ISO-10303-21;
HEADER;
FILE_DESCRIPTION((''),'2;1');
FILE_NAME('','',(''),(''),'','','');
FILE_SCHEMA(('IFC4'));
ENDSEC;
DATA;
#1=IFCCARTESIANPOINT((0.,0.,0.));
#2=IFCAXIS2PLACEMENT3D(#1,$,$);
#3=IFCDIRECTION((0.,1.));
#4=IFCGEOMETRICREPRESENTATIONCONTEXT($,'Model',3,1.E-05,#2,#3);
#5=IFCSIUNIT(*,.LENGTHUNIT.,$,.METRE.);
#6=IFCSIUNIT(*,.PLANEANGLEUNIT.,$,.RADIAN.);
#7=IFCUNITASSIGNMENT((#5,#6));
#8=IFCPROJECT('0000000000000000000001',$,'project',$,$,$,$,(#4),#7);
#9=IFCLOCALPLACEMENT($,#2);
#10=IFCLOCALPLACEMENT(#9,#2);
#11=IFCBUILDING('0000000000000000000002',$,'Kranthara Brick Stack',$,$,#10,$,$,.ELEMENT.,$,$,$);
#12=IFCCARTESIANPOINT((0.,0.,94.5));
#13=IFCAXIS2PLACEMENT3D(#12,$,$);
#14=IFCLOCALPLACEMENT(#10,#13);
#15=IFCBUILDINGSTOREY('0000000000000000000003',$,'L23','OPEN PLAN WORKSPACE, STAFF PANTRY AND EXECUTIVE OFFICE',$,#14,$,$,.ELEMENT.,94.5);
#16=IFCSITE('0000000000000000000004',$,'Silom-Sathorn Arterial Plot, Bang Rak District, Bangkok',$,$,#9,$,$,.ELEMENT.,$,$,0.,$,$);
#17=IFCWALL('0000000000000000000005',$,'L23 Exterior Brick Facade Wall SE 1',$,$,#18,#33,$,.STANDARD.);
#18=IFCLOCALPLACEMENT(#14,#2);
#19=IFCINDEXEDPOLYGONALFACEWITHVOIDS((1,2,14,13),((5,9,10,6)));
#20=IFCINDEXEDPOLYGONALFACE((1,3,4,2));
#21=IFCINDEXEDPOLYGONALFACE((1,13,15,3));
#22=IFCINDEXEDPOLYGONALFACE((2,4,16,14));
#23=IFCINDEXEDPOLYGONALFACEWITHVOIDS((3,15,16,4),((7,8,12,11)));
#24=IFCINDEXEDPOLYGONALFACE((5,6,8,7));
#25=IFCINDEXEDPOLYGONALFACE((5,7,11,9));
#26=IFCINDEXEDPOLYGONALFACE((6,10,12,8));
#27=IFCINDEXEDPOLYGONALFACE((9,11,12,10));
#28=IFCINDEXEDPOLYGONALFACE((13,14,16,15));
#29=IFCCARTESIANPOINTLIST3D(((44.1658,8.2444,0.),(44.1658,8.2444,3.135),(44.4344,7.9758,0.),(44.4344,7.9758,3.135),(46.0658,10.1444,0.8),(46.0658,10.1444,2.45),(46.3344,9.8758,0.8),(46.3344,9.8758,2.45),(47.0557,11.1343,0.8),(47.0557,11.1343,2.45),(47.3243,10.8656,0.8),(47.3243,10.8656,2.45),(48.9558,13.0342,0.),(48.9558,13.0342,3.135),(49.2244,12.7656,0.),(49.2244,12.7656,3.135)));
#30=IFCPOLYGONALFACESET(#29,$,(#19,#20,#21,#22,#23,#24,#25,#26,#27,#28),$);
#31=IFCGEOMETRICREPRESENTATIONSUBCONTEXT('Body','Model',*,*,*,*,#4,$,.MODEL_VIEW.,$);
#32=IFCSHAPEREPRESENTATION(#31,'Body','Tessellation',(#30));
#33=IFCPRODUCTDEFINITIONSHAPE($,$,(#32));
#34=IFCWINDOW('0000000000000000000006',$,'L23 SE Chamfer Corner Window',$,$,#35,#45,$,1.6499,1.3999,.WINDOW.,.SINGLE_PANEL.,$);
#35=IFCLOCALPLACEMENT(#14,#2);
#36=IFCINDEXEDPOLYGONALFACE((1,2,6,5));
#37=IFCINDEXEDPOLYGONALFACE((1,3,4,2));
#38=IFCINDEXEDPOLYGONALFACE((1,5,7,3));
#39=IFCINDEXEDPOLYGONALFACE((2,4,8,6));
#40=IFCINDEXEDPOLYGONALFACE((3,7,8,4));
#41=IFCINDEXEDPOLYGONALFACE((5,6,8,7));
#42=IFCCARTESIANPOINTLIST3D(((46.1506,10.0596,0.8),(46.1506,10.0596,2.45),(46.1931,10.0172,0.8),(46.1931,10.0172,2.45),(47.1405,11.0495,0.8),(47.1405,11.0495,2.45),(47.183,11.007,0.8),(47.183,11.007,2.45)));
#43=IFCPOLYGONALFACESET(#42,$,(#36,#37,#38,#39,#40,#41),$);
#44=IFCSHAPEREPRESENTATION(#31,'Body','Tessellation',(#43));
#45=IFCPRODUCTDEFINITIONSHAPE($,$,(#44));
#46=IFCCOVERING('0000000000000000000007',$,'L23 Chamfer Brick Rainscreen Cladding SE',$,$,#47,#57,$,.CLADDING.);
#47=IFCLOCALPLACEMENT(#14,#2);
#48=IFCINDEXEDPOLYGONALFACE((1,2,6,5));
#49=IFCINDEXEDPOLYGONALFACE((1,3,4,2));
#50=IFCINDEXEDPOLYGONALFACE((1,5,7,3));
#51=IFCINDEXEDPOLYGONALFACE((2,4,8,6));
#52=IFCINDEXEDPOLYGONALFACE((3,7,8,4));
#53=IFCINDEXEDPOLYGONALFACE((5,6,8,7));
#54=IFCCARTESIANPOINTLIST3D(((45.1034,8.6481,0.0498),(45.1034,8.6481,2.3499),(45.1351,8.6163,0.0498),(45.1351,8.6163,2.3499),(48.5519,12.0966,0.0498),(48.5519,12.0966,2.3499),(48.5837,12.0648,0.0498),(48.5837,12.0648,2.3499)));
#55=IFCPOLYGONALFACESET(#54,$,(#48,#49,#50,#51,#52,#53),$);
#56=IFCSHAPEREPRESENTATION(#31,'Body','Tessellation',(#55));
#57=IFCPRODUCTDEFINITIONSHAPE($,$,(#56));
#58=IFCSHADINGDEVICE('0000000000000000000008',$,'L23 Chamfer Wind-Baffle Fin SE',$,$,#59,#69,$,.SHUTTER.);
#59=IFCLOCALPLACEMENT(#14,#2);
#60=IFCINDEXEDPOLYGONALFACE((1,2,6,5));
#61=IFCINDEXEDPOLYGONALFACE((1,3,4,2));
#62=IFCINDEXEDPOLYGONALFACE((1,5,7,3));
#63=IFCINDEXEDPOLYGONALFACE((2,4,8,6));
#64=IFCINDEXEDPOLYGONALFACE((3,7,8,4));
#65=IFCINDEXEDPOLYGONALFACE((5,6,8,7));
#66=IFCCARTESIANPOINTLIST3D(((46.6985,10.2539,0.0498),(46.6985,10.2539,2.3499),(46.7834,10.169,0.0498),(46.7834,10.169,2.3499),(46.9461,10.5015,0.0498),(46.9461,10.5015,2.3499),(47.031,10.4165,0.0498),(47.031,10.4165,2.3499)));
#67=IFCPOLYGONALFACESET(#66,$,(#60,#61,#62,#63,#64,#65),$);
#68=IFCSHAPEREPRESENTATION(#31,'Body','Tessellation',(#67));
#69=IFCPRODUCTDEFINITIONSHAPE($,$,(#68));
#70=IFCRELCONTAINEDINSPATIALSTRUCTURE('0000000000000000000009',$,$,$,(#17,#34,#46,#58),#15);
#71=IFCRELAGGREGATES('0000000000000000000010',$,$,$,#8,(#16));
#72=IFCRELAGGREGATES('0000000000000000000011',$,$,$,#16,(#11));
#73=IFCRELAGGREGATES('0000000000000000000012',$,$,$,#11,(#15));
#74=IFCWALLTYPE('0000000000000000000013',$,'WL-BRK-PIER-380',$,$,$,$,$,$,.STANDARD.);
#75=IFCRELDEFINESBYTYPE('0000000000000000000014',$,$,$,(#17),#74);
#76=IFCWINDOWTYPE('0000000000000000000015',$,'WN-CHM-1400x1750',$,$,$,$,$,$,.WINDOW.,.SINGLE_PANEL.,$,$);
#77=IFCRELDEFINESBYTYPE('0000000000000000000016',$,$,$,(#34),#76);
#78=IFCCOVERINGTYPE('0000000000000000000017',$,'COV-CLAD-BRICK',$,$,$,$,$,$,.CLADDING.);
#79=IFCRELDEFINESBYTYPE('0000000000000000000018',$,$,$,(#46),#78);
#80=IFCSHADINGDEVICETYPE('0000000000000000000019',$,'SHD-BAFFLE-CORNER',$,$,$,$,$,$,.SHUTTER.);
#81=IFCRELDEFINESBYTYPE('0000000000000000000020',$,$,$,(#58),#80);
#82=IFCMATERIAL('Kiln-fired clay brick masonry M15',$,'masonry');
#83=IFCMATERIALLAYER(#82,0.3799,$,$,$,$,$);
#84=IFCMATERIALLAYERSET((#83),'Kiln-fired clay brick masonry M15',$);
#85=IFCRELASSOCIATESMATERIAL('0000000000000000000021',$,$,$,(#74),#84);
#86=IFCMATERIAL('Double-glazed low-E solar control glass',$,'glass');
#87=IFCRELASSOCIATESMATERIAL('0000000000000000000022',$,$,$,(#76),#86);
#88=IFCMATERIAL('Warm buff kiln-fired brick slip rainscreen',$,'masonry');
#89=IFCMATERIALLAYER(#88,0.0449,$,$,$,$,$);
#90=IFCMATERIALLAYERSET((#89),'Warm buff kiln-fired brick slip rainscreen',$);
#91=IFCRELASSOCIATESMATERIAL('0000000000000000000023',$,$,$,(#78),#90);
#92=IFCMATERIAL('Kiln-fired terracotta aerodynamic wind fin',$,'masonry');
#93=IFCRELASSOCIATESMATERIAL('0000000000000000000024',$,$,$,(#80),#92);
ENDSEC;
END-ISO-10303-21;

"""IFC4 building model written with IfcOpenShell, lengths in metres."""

from ifc_helpers import new_model, si_unit, direction, frame, frame_2d, origin, origin_2d, place, context, subcontext, project, spatial, rectangle, extrude, material, layer, layer_set, type_object, element, fill, save


model = new_model("IFC4")

# Units and contexts
model_context = context("Model", 3, precision=1e-05, world=origin(), true_north=direction((0.0, 1.0)))
body_context = subcontext(model_context, "Body", "Model", "MODEL_VIEW")
ifc_project = project(units=[si_unit("LENGTHUNIT", "METRE"), si_unit("PLANEANGLEUNIT", "RADIAN")], contexts=[model_context])

# Site, building, storey
site_placement = place(None, origin())
site = spatial("IfcSite", under=ifc_project, at=site_placement, Name="Silom-Sathorn Arterial Plot, Bang Rak District, Bangkok", CompositionType="ELEMENT", RefElevation=0.0)
building_placement = place(site_placement, origin())
building = spatial("IfcBuilding", under=site, at=building_placement, Name="Kranthara Brick Stack", CompositionType="ELEMENT")
storey_placement = place(building_placement, frame((0.0, 0.0, 94.5)))
storey = spatial("IfcBuildingStorey", under=building, at=storey_placement, Name="L23", Description="OPEN PLAN WORKSPACE, STAFF PANTRY AND EXECUTIVE OFFICE", CompositionType="ELEMENT", Elevation=94.5)

# Shared definitions
ifc_material_1 = material(Name="Kiln-fired clay brick masonry M15", Category="masonry")
ifc_layer_1 = layer(ifc_material_1, 0.3799)
ifc_layer_set_1 = layer_set([ifc_layer_1], Name="Kiln-fired clay brick masonry M15")
wall_type = type_object("IfcWallType", Name="WL-BRK-PIER-380", PredefinedType="STANDARD", material=ifc_layer_set_1)

# Wall, opening, window
wall_1_placement = place(storey_placement, frame((49.0901, 12.8999, 0.0), z_axis=(0.0, 0.0, 1.0), x_axis=(-0.707125, -0.707089, 0.0)))
wall_1 = element("IfcWall", 1, at=wall_1_placement, inside=storey, type_object=wall_type, Name="L23 Exterior Brick Facade Wall SE 1", PredefinedType="STANDARD", context=body_context, shape_type="SweptSolid", body=[
    extrude(rectangle(XDim=6.7739, YDim=0.3799, at=frame_2d((3.387, 0.0))), origin(), (0.0, 0.0, 1.0), 3.135),
])
opening_1_placement = place(wall_1_placement, frame((2.687, 0.0, 0.8)))
opening_1 = element("IfcOpeningElement", 2, at=opening_1_placement, cuts=wall_1, PredefinedType="OPENING", context=body_context, shape_type="SweptSolid", body=[
    extrude(rectangle(XDim=1.3999, YDim=1.6499, at=frame_2d((0.7, 0.825))), frame((0.0, 0.2, 0.0), z_axis=(0.0, -1.0, 0.0), x_axis=(1.0, 0.0, 0.0)), (0.0, 0.0, 1.0), 0.3999),
])
ifc_material_2 = material(Name="Double-glazed low-E solar control glass", Category="glass")
window_type_1 = type_object("IfcWindowType", Name="WN-CHM-1400x1750", PartitioningType="SINGLE_PANEL", PredefinedType="WINDOW", material=ifc_material_2)
window_1_placement = place(opening_1_placement, origin())
window_1 = element("IfcWindow", 3, at=window_1_placement, inside=storey, type_object=window_type_1, Name="L23 SE Chamfer Corner Window", OverallHeight=1.6499, OverallWidth=1.3999, PartitioningType="SINGLE_PANEL", PredefinedType="WINDOW", context=body_context, shape_type="SweptSolid", body=[
    extrude(rectangle(XDim=1.3999, YDim=1.6499, at=frame_2d((0.7, 0.825))), frame((0.0, -0.01, 0.0), z_axis=(0.0, -1.0, 0.0), x_axis=(1.0, 0.0, 0.0)), (0.0, 0.0, 1.0), 0.0601),
])
fill(opening_1, window_1)

# Covering
ifc_material_3 = material(Name="Warm buff kiln-fired brick slip rainscreen", Category="masonry")
ifc_layer_2 = layer(ifc_material_3, 0.0449)
ifc_layer_set_2 = layer_set([ifc_layer_2], Name="Warm buff kiln-fired brick slip rainscreen")
covering_type = type_object("IfcCoveringType", Name="COV-CLAD-BRICK", PredefinedType="CLADDING", material=ifc_layer_set_2)
covering_placement = place(storey_placement, frame((46.8435, 10.3564, 0.0498), z_axis=(0.0, 0.0, 1.0), x_axis=(-0.707107, -0.707107, 0.0)))
element("IfcCovering", 4, at=covering_placement, inside=storey, type_object=covering_type, Name="L23 Chamfer Brick Rainscreen Cladding SE", PredefinedType="CLADDING", context=body_context, shape_type="SweptSolid", body=[
    extrude(rectangle(XDim=4.877, YDim=0.0449, at=origin_2d()), origin(), (0.0, 0.0, 1.0), 2.3),
])

# Shading device
ifc_material_4 = material(Name="Kiln-fired terracotta aerodynamic wind fin", Category="masonry")
shading_device_type = type_object("IfcShadingDeviceType", Name="SHD-BAFFLE-CORNER", PredefinedType="SHUTTER", material=ifc_material_4)
shading_device_placement = place(storey_placement, frame((46.8647, 10.3352, 0.0498), z_axis=(0.0, 0.0, 1.0), x_axis=(-0.707107, -0.707107, 0.0)))
element("IfcShadingDevice", 5, at=shading_device_placement, inside=storey, type_object=shading_device_type, Name="L23 Chamfer Wind-Baffle Fin SE", PredefinedType="SHUTTER", context=body_context, shape_type="SweptSolid", body=[
    extrude(rectangle(XDim=0.3501, YDim=0.1201, at=origin_2d()), origin(), (0.0, 0.0, 1.0), 2.3),
])

save(model, "model.ifc")
